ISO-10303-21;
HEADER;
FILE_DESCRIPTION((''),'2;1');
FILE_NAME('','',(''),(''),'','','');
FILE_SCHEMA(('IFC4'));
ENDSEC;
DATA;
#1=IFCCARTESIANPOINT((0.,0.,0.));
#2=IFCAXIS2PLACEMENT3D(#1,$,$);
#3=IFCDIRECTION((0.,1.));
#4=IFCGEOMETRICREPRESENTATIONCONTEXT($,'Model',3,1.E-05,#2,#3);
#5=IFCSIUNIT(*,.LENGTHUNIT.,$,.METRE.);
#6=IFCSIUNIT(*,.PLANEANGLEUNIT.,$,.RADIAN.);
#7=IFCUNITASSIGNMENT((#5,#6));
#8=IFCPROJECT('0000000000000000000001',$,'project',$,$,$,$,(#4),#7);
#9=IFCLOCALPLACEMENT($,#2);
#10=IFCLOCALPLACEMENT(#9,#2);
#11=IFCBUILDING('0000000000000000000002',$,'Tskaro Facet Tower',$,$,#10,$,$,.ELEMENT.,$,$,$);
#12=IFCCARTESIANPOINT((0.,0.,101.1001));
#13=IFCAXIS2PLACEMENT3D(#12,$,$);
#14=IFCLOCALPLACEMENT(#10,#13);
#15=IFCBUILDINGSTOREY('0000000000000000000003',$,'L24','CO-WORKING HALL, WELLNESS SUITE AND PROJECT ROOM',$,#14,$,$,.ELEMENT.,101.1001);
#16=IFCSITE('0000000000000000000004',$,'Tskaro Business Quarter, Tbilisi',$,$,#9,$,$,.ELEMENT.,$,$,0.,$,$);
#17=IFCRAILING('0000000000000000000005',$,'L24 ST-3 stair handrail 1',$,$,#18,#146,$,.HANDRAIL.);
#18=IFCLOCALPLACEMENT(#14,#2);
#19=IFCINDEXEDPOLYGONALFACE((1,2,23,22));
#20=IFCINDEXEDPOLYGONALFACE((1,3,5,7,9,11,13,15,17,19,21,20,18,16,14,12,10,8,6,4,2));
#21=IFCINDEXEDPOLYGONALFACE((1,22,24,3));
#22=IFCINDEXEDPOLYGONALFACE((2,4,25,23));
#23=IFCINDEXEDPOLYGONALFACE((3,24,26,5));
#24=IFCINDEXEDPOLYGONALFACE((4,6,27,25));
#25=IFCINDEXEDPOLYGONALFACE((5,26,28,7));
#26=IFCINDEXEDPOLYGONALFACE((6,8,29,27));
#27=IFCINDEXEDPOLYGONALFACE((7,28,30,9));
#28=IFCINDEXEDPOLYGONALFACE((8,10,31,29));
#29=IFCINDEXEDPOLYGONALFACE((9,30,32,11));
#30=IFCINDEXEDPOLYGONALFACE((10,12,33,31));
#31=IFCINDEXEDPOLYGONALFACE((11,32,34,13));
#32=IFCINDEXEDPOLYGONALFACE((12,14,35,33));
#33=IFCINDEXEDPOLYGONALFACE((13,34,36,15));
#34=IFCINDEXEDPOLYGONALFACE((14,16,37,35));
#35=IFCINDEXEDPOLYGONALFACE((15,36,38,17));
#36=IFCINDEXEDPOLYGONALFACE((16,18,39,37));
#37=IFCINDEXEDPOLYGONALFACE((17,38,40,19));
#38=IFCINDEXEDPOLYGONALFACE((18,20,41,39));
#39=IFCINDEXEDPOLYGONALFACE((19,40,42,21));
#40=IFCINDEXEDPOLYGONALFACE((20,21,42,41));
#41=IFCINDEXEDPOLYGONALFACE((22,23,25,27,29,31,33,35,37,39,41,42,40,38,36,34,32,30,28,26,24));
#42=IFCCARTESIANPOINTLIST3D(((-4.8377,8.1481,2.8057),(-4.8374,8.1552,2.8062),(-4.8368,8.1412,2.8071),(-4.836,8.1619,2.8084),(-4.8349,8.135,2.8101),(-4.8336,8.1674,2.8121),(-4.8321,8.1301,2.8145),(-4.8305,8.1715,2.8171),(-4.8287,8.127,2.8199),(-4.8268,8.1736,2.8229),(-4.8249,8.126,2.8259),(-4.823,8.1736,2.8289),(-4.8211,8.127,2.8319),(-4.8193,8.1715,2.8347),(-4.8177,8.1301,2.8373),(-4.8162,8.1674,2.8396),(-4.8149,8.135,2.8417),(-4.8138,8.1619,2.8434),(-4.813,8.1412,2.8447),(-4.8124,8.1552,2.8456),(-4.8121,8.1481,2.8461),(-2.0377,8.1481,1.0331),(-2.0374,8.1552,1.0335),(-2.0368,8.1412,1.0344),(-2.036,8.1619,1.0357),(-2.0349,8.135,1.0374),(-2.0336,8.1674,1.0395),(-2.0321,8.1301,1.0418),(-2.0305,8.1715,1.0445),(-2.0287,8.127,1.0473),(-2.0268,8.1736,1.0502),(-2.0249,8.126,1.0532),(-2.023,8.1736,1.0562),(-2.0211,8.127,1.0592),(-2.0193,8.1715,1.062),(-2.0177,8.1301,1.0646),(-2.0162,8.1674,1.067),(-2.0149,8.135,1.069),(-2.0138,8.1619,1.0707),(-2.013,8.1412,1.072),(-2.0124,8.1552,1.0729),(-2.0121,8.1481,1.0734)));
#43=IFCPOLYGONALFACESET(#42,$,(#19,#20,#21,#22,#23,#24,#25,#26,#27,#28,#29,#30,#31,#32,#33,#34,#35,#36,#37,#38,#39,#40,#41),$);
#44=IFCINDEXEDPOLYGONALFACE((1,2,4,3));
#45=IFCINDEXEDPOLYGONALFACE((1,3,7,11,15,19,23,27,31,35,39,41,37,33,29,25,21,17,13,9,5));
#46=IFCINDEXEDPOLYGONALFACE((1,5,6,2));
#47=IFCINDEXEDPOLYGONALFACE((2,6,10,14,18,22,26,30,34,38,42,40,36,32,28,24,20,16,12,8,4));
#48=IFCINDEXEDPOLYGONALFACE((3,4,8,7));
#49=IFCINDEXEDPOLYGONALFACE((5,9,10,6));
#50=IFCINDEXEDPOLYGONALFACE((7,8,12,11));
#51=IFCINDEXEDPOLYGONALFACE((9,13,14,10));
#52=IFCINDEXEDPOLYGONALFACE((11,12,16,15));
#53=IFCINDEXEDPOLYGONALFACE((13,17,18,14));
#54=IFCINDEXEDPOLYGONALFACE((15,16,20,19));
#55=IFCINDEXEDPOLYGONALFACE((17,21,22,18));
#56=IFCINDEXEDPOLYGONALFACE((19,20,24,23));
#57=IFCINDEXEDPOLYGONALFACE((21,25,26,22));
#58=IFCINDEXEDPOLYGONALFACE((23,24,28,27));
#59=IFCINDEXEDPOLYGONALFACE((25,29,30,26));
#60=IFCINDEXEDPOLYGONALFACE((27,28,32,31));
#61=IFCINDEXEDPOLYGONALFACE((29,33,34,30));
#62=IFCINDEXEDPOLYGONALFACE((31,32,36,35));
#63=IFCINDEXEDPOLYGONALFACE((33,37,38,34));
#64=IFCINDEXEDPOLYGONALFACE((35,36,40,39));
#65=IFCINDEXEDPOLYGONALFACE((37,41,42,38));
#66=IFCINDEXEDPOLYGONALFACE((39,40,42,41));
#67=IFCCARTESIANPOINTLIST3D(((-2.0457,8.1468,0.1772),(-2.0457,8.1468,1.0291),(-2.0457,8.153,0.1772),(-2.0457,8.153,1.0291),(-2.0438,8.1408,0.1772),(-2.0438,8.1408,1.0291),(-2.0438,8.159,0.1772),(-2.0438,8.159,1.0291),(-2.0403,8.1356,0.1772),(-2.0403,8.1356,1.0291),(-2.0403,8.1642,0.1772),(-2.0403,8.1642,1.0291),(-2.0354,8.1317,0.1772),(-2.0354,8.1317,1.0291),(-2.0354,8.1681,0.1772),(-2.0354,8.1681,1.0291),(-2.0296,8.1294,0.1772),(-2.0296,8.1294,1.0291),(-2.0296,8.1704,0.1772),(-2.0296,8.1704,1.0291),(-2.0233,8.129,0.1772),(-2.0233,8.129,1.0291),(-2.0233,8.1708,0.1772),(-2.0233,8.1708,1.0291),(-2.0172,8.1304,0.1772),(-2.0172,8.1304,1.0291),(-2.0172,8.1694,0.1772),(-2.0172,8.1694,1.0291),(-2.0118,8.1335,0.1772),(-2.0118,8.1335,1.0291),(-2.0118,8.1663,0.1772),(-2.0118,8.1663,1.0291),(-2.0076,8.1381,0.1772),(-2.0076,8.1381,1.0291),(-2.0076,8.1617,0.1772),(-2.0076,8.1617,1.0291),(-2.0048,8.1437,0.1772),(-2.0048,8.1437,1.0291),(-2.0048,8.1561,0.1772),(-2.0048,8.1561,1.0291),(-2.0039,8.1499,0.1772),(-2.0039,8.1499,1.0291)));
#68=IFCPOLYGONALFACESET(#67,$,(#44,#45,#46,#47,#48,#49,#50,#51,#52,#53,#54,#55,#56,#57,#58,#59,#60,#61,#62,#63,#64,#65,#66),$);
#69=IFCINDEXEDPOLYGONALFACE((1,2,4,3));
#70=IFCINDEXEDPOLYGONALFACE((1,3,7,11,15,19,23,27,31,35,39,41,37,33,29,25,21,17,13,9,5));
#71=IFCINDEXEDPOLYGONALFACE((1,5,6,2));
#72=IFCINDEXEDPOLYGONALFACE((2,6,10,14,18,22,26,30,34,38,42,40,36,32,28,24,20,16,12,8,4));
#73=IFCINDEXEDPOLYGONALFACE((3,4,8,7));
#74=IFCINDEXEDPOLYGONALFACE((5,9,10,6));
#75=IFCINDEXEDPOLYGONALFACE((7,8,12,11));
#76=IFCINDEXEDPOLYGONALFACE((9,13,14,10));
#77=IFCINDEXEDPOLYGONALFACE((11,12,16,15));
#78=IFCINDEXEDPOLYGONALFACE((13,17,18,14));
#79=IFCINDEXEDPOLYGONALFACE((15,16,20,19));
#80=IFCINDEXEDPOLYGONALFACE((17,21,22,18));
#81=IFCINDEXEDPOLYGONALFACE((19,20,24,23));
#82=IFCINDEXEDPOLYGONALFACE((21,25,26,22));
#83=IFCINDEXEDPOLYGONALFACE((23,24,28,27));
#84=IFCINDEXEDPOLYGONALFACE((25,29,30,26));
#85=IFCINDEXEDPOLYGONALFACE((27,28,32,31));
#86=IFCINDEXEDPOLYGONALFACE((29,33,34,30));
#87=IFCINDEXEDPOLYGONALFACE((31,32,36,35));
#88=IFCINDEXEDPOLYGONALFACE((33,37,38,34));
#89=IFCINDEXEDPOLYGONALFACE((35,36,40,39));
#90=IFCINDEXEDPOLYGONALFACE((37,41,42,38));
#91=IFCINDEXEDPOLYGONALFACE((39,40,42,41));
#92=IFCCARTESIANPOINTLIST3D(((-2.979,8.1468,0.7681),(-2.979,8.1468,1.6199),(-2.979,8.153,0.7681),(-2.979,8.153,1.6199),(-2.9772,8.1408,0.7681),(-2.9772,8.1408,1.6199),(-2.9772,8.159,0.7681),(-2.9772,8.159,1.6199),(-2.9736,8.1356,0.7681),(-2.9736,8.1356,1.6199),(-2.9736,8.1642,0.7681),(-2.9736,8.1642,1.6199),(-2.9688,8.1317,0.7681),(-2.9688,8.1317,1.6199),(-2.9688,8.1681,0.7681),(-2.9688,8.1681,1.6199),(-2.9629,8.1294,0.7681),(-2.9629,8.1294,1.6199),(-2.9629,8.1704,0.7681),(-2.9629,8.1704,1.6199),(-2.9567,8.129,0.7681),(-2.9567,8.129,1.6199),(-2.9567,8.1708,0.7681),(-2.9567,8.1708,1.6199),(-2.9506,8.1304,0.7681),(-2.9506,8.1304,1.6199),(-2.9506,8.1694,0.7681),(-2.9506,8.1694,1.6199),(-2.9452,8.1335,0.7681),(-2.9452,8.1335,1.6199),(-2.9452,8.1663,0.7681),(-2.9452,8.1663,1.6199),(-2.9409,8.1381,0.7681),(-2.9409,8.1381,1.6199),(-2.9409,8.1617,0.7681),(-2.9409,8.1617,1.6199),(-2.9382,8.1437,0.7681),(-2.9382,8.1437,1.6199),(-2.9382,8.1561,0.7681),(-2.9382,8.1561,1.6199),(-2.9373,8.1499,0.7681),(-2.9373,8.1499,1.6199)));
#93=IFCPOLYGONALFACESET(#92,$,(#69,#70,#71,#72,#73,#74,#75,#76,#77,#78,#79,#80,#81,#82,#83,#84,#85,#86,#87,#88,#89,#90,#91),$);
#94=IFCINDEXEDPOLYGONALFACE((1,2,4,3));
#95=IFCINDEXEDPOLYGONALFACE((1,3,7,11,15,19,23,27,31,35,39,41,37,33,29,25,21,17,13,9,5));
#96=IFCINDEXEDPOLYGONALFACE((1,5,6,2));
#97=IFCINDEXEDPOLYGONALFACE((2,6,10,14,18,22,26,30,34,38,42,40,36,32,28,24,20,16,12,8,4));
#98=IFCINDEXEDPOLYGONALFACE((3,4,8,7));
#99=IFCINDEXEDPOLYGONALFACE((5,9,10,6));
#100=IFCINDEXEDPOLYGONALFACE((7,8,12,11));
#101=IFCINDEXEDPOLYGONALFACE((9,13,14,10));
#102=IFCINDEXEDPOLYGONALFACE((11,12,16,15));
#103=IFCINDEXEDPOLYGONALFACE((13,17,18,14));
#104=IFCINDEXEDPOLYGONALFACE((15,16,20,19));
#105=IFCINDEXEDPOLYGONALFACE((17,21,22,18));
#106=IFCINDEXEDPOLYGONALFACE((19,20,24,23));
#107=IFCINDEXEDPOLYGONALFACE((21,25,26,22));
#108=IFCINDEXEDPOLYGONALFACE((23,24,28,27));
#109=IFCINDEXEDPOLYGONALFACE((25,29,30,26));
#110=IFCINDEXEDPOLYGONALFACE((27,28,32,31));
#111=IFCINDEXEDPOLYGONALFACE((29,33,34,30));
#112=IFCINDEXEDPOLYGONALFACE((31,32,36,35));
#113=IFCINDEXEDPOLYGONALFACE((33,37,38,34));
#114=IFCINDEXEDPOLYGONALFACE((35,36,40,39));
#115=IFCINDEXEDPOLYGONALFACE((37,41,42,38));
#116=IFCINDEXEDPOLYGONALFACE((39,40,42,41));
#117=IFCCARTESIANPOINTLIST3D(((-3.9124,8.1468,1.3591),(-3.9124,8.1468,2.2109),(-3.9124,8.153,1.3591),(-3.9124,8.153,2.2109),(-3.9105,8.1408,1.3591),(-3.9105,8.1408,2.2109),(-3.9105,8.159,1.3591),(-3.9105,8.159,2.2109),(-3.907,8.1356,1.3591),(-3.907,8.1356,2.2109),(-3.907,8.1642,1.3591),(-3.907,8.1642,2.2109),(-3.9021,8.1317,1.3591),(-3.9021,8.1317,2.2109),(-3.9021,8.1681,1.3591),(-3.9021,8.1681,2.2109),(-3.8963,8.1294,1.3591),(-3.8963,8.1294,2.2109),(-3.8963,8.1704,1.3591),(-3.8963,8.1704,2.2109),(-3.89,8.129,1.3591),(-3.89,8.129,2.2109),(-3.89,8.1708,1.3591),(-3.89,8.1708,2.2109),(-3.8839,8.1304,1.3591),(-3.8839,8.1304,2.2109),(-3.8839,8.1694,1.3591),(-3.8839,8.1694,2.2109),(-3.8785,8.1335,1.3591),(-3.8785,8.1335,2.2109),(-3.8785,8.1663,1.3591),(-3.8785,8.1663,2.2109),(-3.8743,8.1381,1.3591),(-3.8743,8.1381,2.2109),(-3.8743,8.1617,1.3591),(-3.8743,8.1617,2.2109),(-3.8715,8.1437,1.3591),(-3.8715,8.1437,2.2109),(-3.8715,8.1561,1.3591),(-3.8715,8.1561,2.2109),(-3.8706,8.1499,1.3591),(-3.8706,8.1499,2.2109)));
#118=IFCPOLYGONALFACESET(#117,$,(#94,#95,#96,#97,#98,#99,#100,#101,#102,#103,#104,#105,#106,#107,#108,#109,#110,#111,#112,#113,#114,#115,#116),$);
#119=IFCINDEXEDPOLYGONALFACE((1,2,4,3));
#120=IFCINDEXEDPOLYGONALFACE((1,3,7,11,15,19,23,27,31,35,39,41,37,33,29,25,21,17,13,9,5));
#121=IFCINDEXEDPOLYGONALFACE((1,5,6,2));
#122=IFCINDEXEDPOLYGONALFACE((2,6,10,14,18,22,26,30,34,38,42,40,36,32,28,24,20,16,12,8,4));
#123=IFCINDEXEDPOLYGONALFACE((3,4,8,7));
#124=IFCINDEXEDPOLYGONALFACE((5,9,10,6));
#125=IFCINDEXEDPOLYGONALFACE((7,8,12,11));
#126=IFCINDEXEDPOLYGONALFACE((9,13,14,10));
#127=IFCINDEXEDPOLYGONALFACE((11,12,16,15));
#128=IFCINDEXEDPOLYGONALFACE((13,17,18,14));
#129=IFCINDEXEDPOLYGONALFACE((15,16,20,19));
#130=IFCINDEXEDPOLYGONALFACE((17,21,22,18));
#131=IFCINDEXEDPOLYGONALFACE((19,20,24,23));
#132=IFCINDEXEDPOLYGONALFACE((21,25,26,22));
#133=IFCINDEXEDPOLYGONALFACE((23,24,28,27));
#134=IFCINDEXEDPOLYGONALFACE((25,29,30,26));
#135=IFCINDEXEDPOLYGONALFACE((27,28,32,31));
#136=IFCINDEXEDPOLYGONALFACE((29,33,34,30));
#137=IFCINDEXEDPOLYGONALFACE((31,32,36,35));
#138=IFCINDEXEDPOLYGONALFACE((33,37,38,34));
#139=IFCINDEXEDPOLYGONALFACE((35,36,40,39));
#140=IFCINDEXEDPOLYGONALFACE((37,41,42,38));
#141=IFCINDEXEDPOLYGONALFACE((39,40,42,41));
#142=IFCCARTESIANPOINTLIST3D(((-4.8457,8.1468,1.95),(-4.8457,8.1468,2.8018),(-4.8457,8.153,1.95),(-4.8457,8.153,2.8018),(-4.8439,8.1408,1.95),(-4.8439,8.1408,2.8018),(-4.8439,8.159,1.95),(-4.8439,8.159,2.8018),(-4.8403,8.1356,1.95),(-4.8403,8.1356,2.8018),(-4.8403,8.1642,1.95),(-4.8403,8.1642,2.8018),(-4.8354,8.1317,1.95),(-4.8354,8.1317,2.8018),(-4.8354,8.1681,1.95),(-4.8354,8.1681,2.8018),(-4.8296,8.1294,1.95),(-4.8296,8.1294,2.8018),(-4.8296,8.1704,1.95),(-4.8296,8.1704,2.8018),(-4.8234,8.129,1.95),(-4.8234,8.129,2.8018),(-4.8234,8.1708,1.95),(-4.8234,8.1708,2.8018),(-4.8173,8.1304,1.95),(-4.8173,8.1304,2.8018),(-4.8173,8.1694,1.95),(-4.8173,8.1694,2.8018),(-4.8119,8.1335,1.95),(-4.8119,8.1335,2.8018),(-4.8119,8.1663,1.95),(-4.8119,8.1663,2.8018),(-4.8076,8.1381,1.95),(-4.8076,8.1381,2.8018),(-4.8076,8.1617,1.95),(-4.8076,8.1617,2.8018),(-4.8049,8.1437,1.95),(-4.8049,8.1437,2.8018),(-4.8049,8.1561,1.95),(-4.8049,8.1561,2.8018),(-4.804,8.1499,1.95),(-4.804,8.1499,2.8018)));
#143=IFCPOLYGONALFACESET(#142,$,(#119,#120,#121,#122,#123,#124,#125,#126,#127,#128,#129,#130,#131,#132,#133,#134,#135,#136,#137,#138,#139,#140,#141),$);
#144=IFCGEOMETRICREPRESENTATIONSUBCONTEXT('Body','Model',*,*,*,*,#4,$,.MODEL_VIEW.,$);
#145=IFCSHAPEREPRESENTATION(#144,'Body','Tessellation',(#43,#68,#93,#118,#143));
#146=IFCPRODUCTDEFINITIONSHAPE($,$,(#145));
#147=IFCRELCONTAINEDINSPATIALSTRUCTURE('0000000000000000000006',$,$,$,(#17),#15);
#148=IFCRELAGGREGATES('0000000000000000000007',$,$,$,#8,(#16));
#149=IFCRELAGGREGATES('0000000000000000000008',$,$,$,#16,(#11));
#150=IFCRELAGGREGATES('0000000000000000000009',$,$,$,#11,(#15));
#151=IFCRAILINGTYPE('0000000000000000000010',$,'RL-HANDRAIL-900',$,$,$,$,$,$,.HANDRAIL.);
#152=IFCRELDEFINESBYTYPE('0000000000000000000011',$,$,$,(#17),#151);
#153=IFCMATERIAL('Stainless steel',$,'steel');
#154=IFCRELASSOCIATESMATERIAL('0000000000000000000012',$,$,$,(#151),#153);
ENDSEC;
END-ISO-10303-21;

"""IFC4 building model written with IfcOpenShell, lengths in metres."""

from ifc_helpers import new_model, si_unit, direction, frame, origin, origin_2d, place, context, subcontext, project, spatial, circle, extrude, material, type_object, element, save


model = new_model("IFC4")

# Units and contexts
model_context = context("Model", 3, precision=1e-05, world=origin(), true_north=direction((0.0, 1.0)))
body_context = subcontext(model_context, "Body", "Model", "MODEL_VIEW")
ifc_project = project(units=[si_unit("LENGTHUNIT", "METRE"), si_unit("PLANEANGLEUNIT", "RADIAN")], contexts=[model_context])

# Site, building, storey
site_placement = place(None, origin())
site = spatial("IfcSite", under=ifc_project, at=site_placement, Name="Tskaro Business Quarter, Tbilisi", CompositionType="ELEMENT", RefElevation=0.0)
building_placement = place(site_placement, origin())
building = spatial("IfcBuilding", under=site, at=building_placement, Name="Tskaro Facet Tower", CompositionType="ELEMENT")
storey_placement = place(building_placement, frame((0.0, 0.0, 101.1001)))
storey = spatial("IfcBuildingStorey", under=building, at=storey_placement, Name="L24", Description="CO-WORKING HALL, WELLNESS SUITE AND PROJECT ROOM", CompositionType="ELEMENT", Elevation=101.1001)

# Railing
ifc_material_1 = material(Name="Stainless steel", Category="steel")
railing_type_1 = type_object("IfcRailingType", Name="RL-HANDRAIL-900", PredefinedType="HANDRAIL", material=ifc_material_1)
railing_1_placement = place(storey_placement, frame((-2.0249, 8.1499, 0.1772)))
element("IfcRailing", 1, at=railing_1_placement, inside=storey, type_object=railing_type_1, Name="L24 ST-3 stair handrail 1", PredefinedType="HANDRAIL", context=body_context, shape_type="SweptSolid", body=[
    extrude(circle(Radius=0.0239, at=origin_2d()), frame((0.0, 0.0, 0.876), z_axis=(-0.844909, 0.0, 0.53491), x_axis=(0.0, -1.0, 0.0)), (0.0, 0.0, 1.0), 3.314),
    extrude(circle(Radius=0.021, at=origin_2d()), origin(), (0.0, 0.0, 1.0), 0.8518),
    extrude(circle(Radius=0.021, at=origin_2d()), frame((-0.9333, 0.0, 0.5908)), (0.0, 0.0, 1.0), 0.8518),
    extrude(circle(Radius=0.021, at=origin_2d()), frame((-1.8667, 0.0, 1.1819)), (0.0, 0.0, 1.0), 0.8518),
    extrude(circle(Radius=0.021, at=origin_2d()), frame((-2.8, 0.0, 1.7727)), (0.0, 0.0, 1.0), 0.8518),
])

save(model, "model.ifc")
